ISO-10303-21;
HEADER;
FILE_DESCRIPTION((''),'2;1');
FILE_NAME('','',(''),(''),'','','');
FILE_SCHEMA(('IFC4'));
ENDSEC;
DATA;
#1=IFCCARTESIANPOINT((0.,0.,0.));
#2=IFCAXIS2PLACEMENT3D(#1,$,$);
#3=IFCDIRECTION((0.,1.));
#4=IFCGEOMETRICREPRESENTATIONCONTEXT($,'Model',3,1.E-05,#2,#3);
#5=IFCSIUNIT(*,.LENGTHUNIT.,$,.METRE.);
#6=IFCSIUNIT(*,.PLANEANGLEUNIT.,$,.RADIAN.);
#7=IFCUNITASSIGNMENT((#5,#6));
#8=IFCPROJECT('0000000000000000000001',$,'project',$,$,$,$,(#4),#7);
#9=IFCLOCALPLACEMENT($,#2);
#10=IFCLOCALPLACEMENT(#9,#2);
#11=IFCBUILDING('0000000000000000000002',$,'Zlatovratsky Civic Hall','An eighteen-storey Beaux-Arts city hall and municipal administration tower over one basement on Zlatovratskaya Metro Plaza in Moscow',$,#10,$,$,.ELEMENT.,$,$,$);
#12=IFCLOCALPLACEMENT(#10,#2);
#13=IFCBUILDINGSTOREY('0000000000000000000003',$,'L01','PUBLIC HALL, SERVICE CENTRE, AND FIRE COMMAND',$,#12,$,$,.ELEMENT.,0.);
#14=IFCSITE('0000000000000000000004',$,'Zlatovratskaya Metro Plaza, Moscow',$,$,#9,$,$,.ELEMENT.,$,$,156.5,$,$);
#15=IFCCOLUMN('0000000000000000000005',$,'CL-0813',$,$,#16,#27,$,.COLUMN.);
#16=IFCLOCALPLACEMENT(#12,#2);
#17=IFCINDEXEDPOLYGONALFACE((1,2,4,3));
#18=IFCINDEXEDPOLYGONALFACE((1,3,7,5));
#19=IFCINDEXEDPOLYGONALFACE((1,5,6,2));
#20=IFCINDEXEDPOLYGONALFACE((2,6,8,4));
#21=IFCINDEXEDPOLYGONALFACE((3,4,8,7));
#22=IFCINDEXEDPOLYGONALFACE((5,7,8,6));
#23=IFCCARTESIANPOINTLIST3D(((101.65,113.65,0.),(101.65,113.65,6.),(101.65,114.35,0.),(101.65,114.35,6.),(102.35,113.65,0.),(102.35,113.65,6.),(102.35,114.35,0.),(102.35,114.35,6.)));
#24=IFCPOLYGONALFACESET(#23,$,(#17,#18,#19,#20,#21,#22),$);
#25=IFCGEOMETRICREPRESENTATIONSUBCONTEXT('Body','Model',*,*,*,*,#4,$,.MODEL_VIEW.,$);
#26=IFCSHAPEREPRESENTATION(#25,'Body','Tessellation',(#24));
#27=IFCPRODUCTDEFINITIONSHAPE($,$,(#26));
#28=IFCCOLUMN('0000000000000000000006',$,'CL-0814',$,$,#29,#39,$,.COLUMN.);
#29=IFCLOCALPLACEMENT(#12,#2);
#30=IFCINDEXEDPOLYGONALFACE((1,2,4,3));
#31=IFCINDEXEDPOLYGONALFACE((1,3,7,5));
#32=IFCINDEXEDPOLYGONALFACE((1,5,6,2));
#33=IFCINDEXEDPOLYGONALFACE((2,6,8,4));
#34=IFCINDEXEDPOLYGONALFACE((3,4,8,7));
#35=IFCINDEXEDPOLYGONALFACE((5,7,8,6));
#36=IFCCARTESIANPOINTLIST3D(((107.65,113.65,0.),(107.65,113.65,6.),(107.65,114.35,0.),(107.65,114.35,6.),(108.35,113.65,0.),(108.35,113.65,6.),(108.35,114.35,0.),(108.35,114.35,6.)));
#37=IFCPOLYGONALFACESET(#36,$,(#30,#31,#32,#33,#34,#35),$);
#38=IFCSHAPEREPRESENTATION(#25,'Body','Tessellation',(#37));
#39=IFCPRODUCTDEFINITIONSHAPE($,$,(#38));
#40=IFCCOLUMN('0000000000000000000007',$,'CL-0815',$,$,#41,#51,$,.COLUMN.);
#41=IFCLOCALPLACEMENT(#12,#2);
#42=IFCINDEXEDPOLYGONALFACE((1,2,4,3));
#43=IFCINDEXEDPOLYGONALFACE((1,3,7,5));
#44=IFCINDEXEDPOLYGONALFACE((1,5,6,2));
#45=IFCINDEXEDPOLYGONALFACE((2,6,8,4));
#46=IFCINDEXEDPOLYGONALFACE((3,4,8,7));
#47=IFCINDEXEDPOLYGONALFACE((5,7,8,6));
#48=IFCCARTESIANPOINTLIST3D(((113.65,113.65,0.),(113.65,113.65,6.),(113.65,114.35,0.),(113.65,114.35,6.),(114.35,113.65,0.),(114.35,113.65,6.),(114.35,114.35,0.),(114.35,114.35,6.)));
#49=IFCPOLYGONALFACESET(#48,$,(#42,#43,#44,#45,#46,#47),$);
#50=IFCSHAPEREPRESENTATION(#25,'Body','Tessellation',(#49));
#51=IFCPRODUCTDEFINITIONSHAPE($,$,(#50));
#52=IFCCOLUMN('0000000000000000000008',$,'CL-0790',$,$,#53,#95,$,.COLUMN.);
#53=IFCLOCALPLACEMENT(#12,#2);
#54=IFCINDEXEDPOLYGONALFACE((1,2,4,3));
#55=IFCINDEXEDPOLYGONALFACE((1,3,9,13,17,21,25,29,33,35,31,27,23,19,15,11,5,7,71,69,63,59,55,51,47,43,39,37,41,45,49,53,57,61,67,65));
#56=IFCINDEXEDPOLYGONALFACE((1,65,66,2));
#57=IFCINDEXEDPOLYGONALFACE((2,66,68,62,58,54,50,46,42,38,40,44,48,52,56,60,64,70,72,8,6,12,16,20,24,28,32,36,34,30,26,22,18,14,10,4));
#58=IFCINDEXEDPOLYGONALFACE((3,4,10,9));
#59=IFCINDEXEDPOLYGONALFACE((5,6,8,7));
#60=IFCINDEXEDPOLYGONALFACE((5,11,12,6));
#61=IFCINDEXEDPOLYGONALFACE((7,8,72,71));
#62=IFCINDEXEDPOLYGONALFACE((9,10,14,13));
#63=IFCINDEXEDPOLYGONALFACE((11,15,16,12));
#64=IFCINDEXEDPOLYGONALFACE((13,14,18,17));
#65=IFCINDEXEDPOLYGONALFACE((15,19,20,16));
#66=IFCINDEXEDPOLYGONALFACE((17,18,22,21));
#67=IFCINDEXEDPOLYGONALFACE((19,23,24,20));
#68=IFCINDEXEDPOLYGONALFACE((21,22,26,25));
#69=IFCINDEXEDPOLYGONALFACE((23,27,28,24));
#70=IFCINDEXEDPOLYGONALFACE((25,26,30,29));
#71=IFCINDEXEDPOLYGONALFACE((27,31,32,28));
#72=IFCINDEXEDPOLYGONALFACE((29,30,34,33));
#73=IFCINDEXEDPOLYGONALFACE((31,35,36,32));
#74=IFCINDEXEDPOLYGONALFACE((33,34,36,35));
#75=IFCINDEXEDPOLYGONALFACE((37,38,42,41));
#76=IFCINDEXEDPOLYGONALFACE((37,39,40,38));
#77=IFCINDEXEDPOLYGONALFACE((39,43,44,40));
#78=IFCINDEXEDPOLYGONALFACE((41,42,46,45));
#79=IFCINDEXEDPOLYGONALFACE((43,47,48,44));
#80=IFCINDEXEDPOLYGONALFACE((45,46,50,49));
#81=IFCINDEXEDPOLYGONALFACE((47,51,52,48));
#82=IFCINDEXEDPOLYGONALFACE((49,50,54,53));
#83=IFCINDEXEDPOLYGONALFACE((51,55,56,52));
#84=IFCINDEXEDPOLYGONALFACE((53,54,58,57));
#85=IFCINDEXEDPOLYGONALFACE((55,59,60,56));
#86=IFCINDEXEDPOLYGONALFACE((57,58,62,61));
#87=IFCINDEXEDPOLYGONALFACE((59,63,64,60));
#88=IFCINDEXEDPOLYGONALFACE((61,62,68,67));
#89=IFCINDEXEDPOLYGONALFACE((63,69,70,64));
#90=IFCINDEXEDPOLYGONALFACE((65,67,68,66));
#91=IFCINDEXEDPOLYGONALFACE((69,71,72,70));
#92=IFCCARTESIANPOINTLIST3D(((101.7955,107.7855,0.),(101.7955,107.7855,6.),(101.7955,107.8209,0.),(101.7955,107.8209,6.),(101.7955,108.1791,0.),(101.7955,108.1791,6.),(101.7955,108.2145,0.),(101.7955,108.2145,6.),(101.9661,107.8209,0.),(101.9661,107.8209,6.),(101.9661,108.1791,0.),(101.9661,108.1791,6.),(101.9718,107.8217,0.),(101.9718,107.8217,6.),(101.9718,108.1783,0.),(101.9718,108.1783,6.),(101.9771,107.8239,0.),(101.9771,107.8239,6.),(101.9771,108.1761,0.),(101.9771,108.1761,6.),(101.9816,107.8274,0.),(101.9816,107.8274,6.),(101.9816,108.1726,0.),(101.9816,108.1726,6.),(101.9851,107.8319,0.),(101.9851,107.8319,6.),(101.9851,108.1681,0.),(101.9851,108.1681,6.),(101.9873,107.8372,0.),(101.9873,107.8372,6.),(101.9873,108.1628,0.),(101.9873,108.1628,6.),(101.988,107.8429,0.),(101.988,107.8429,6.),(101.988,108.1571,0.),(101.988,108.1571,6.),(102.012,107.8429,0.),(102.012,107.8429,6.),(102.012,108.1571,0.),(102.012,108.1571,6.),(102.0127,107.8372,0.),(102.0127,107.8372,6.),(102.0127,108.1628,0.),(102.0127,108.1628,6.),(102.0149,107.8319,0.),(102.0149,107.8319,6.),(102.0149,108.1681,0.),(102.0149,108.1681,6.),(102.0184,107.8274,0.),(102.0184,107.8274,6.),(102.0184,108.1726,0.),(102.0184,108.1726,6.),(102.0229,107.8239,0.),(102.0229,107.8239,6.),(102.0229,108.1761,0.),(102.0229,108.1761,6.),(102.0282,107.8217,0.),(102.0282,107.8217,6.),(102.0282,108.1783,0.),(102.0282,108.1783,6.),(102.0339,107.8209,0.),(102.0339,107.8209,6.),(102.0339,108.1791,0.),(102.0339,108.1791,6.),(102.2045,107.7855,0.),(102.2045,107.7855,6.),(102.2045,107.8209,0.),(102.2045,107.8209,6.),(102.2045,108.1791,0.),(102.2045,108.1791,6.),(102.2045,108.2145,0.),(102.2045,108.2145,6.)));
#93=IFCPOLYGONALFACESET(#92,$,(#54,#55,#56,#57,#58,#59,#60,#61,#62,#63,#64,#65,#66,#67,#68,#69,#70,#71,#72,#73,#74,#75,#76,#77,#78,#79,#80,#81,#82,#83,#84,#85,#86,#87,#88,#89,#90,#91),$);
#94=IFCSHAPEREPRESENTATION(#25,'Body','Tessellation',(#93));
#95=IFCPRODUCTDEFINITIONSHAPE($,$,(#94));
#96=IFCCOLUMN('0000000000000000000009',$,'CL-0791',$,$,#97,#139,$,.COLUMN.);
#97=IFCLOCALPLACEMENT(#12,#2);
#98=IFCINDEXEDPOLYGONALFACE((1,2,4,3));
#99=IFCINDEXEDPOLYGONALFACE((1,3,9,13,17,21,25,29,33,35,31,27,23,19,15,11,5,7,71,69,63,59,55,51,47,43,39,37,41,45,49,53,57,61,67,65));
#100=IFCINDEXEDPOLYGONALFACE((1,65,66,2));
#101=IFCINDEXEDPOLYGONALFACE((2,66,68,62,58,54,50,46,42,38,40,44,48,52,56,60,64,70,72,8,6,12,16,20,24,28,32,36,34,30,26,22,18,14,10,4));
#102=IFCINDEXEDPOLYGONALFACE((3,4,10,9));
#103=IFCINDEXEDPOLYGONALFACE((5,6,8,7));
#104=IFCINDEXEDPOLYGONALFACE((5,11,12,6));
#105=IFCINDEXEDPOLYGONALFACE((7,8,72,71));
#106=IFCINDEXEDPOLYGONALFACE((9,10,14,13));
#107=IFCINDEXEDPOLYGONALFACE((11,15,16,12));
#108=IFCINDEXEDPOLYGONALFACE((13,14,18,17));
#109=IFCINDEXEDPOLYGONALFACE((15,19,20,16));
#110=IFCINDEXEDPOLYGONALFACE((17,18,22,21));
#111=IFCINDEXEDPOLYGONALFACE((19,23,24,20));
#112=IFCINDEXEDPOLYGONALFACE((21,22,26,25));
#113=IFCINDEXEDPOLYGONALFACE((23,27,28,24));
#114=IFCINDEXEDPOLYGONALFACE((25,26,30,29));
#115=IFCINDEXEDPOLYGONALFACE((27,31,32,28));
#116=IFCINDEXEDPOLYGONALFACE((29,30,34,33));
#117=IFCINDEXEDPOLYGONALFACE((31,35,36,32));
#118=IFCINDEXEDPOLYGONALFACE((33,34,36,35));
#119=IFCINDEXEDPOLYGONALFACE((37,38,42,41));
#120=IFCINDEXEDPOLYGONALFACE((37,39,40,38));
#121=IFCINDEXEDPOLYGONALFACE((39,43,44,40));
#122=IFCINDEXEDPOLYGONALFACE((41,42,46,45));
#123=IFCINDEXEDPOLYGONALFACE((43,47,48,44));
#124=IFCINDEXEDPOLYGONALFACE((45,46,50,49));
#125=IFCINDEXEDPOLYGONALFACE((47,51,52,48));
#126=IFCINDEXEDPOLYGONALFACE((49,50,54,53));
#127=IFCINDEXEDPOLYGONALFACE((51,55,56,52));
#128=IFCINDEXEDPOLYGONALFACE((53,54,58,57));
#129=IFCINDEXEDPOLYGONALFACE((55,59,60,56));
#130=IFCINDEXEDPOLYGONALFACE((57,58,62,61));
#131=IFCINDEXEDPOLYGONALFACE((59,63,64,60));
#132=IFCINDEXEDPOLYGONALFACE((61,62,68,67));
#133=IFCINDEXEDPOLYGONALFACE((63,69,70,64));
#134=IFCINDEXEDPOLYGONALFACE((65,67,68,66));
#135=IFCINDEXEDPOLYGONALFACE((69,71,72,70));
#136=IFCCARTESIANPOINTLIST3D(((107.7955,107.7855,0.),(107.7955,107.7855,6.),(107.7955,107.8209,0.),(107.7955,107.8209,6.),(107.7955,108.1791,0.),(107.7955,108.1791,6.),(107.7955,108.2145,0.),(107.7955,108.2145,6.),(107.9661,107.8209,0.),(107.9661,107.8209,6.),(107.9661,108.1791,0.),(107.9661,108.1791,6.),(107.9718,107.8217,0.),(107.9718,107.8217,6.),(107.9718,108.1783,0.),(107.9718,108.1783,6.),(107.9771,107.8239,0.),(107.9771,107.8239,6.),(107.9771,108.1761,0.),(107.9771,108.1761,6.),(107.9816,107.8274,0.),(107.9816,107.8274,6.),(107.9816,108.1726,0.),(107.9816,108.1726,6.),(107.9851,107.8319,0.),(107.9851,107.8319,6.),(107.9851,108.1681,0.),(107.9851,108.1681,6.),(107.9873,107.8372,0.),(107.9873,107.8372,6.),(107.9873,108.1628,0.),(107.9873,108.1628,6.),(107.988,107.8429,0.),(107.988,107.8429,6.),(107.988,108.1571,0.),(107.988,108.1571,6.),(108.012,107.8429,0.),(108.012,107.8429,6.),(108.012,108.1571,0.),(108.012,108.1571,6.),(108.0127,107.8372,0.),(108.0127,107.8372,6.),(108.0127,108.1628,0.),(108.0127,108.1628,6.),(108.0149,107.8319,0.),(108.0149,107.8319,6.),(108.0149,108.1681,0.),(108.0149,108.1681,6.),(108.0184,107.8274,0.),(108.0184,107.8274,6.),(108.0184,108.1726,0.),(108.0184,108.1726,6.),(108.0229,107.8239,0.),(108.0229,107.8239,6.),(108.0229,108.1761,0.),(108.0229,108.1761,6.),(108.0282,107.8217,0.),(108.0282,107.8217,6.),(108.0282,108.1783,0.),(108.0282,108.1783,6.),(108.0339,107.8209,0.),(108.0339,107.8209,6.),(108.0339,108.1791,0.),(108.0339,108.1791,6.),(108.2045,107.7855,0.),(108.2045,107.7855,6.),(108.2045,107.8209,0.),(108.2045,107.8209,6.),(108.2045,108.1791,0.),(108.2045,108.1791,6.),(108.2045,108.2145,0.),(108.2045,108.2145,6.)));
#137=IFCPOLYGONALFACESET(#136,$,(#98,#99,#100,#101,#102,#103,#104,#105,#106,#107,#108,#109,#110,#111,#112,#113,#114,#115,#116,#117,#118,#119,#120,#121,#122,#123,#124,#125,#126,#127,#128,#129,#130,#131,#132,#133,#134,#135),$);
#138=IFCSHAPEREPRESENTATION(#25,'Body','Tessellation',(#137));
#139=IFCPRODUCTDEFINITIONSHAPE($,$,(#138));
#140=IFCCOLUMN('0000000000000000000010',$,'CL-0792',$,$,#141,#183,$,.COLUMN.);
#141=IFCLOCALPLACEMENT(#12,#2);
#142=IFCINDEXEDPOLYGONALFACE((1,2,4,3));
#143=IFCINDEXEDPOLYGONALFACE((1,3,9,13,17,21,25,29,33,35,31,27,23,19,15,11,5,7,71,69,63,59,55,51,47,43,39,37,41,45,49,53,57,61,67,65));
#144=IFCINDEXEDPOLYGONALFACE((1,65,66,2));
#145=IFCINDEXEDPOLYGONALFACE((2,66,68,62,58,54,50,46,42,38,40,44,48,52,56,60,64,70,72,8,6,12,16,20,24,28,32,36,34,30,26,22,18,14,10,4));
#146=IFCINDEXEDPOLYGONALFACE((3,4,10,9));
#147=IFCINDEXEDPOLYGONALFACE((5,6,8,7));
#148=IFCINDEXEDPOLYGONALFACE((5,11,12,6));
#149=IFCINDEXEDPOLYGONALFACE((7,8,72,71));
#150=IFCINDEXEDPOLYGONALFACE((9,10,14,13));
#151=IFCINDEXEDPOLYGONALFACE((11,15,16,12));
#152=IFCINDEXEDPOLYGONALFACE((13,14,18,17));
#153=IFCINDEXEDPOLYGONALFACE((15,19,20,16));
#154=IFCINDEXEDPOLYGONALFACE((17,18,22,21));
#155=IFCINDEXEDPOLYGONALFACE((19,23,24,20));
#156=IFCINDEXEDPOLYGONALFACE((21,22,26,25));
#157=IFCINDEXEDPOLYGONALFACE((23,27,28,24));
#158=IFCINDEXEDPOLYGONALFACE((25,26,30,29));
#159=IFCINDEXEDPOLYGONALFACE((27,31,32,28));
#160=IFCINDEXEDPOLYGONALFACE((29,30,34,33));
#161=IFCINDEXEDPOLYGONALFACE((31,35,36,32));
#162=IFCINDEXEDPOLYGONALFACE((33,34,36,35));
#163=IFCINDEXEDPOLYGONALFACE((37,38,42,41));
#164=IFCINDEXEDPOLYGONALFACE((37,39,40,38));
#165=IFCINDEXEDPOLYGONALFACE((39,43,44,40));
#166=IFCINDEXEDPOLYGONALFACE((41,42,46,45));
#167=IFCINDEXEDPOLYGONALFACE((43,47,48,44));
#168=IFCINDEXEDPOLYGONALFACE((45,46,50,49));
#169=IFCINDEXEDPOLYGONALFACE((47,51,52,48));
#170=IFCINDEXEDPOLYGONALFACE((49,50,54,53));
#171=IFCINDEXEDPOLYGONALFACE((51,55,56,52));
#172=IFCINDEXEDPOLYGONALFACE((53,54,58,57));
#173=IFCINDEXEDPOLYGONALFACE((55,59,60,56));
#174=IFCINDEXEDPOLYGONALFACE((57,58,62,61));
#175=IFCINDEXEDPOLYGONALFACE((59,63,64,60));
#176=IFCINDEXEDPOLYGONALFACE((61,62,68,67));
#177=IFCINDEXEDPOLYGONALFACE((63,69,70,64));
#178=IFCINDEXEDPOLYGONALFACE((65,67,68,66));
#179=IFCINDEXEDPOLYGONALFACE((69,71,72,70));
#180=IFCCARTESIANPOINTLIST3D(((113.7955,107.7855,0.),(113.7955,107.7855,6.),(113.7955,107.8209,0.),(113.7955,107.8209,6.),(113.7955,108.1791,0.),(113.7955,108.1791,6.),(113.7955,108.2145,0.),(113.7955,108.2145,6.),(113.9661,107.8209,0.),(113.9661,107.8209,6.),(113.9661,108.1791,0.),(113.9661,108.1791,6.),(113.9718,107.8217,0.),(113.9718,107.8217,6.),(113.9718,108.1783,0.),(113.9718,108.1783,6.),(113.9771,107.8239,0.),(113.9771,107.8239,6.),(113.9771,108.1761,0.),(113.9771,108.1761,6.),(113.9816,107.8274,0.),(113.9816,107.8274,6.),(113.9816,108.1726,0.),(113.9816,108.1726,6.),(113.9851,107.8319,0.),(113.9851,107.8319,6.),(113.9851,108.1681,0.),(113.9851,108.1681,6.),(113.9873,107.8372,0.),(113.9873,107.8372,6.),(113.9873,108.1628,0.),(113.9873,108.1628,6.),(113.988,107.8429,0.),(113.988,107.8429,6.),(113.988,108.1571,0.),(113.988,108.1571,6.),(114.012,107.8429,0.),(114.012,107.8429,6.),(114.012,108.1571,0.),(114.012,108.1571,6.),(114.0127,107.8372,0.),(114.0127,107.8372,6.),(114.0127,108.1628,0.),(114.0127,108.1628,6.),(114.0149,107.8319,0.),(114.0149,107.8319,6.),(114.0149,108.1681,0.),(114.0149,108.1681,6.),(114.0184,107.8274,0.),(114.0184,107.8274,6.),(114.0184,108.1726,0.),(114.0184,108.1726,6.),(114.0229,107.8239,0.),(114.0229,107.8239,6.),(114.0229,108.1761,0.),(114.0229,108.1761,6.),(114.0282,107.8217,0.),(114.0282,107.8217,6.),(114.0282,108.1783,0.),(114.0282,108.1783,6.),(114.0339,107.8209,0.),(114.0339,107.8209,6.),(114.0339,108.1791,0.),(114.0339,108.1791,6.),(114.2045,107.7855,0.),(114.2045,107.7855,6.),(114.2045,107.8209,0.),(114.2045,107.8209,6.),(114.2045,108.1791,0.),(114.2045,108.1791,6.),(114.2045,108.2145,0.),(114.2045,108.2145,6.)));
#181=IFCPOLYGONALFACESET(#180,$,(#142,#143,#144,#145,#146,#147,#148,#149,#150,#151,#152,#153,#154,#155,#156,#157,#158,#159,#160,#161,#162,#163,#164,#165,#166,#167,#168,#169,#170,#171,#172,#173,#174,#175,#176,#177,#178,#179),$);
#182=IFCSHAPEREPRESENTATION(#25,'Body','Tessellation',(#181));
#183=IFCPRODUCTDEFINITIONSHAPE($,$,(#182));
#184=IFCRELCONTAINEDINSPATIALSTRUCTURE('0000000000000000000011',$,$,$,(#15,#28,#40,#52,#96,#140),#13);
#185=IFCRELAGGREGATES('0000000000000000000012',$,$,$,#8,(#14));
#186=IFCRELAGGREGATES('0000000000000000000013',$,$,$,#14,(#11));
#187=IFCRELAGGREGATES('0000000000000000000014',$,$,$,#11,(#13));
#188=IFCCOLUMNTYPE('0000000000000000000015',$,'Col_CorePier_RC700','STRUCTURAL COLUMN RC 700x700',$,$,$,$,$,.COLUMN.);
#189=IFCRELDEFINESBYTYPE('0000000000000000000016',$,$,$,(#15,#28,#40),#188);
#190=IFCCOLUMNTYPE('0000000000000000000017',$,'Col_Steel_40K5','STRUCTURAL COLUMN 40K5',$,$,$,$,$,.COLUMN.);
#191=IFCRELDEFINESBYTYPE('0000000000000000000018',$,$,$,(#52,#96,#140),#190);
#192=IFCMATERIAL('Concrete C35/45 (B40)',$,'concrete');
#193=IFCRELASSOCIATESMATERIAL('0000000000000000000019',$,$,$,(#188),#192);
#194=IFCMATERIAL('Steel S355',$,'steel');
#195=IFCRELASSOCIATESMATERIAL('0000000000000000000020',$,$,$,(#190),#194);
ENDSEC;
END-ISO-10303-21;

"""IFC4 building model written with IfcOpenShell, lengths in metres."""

from ifc_helpers import new_model, si_unit, direction, frame, origin, origin_2d, place, context, subcontext, project, spatial, rectangle, i_section, extrude, material, material_profile, profile_set, type_object, element, save


model = new_model("IFC4")

# Units and contexts
model_context = context("Model", 3, precision=1e-05, world=origin(), true_north=direction((0.0, 1.0)))
body_context = subcontext(model_context, "Body", "Model", "MODEL_VIEW")
ifc_project = project(units=[si_unit("LENGTHUNIT", "METRE"), si_unit("PLANEANGLEUNIT", "RADIAN")], contexts=[model_context])

# Site, building, storey
site_placement = place(None, origin())
site = spatial("IfcSite", under=ifc_project, at=site_placement, Name="Zlatovratskaya Metro Plaza, Moscow", CompositionType="ELEMENT", RefElevation=156.5)
building_placement = place(site_placement, origin())
building = spatial("IfcBuilding", under=site, at=building_placement, Name="Zlatovratsky Civic Hall", Description="An eighteen-storey Beaux-Arts city hall and municipal administration tower over one basement on Zlatovratskaya Metro Plaza in Moscow", CompositionType="ELEMENT")
storey_placement = place(building_placement, origin())
storey = spatial("IfcBuildingStorey", under=building, at=storey_placement, Name="L01", Description="PUBLIC HALL, SERVICE CENTRE, AND FIRE COMMAND", CompositionType="ELEMENT", Elevation=0.0)

# Columns
ifc_material_1 = material(Name="Concrete C35/45 (B40)", Category="concrete")
ifc_material_profile_1 = material_profile(ifc_material_1, rectangle(XDim=0.7, YDim=0.7, at=origin_2d()), Name="RC 700x700")
ifc_profile_set_1 = profile_set([ifc_material_profile_1], Name="Concrete C35/45 (B40)")
column_type_1 = type_object("IfcColumnType", Name="Col_CorePier_RC700", Description="STRUCTURAL COLUMN RC 700x700", PredefinedType="COLUMN", material=ifc_profile_set_1)
for number, where, z_axis, x_axis, name in (
    (1, (102.0, 114.0, 0.0), (0.0, 0.0, 1.0), (1.0, 0.0, 0.0), "CL-0813"),
    (2, (108.0, 114.0, 0.0), (0.0, 0.0, 1.0), (1.0, 0.0, 0.0), "CL-0814"),
    (3, (114.0, 114.0, 0.0), (0.0, 0.0, 1.0), (1.0, 0.0, 0.0), "CL-0815"),
):
    element("IfcColumn", number, at=place(storey_placement, frame(where, z_axis=z_axis, x_axis=x_axis)), inside=storey, type_object=column_type_1, Name=name, PredefinedType="COLUMN", context=body_context, shape_type="SweptSolid", body=[
        extrude(rectangle(XDim=0.7, YDim=0.7, at=origin_2d()), origin(), (0.0, 0.0, 1.0), 6.0),
    ])
ifc_material_2 = material(Name="Steel S355", Category="steel")
ifc_material_profile_2 = material_profile(ifc_material_2, i_section(OverallWidth=0.4089, OverallDepth=0.429, WebThickness=0.0239, FlangeThickness=0.0354, FilletRadius=0.022, at=origin_2d()), Name="40K5")
ifc_profile_set_2 = profile_set([ifc_material_profile_2], Name="Steel S355")
column_type_2 = type_object("IfcColumnType", Name="Col_Steel_40K5", Description="STRUCTURAL COLUMN 40K5", PredefinedType="COLUMN", material=ifc_profile_set_2)
for number, where, z_axis, x_axis, name in (
    (4, (102.0, 108.0, 0.0), (0.0, 0.0, 1.0), (1.0, 0.0, 0.0), "CL-0790"),
    (5, (108.0, 108.0, 0.0), (0.0, 0.0, 1.0), (1.0, 0.0, 0.0), "CL-0791"),
    (6, (114.0, 108.0, 0.0), (0.0, 0.0, 1.0), (1.0, 0.0, 0.0), "CL-0792"),
):
    element("IfcColumn", number, at=place(storey_placement, frame(where, z_axis=z_axis, x_axis=x_axis)), inside=storey, type_object=column_type_2, Name=name, PredefinedType="COLUMN", context=body_context, shape_type="SweptSolid", body=[
        extrude(i_section(OverallWidth=0.4089, OverallDepth=0.429, WebThickness=0.0239, FlangeThickness=0.0354, FilletRadius=0.022, at=origin_2d()), origin(), (0.0, 0.0, 1.0), 6.0),
    ])

save(model, "model.ifc")
